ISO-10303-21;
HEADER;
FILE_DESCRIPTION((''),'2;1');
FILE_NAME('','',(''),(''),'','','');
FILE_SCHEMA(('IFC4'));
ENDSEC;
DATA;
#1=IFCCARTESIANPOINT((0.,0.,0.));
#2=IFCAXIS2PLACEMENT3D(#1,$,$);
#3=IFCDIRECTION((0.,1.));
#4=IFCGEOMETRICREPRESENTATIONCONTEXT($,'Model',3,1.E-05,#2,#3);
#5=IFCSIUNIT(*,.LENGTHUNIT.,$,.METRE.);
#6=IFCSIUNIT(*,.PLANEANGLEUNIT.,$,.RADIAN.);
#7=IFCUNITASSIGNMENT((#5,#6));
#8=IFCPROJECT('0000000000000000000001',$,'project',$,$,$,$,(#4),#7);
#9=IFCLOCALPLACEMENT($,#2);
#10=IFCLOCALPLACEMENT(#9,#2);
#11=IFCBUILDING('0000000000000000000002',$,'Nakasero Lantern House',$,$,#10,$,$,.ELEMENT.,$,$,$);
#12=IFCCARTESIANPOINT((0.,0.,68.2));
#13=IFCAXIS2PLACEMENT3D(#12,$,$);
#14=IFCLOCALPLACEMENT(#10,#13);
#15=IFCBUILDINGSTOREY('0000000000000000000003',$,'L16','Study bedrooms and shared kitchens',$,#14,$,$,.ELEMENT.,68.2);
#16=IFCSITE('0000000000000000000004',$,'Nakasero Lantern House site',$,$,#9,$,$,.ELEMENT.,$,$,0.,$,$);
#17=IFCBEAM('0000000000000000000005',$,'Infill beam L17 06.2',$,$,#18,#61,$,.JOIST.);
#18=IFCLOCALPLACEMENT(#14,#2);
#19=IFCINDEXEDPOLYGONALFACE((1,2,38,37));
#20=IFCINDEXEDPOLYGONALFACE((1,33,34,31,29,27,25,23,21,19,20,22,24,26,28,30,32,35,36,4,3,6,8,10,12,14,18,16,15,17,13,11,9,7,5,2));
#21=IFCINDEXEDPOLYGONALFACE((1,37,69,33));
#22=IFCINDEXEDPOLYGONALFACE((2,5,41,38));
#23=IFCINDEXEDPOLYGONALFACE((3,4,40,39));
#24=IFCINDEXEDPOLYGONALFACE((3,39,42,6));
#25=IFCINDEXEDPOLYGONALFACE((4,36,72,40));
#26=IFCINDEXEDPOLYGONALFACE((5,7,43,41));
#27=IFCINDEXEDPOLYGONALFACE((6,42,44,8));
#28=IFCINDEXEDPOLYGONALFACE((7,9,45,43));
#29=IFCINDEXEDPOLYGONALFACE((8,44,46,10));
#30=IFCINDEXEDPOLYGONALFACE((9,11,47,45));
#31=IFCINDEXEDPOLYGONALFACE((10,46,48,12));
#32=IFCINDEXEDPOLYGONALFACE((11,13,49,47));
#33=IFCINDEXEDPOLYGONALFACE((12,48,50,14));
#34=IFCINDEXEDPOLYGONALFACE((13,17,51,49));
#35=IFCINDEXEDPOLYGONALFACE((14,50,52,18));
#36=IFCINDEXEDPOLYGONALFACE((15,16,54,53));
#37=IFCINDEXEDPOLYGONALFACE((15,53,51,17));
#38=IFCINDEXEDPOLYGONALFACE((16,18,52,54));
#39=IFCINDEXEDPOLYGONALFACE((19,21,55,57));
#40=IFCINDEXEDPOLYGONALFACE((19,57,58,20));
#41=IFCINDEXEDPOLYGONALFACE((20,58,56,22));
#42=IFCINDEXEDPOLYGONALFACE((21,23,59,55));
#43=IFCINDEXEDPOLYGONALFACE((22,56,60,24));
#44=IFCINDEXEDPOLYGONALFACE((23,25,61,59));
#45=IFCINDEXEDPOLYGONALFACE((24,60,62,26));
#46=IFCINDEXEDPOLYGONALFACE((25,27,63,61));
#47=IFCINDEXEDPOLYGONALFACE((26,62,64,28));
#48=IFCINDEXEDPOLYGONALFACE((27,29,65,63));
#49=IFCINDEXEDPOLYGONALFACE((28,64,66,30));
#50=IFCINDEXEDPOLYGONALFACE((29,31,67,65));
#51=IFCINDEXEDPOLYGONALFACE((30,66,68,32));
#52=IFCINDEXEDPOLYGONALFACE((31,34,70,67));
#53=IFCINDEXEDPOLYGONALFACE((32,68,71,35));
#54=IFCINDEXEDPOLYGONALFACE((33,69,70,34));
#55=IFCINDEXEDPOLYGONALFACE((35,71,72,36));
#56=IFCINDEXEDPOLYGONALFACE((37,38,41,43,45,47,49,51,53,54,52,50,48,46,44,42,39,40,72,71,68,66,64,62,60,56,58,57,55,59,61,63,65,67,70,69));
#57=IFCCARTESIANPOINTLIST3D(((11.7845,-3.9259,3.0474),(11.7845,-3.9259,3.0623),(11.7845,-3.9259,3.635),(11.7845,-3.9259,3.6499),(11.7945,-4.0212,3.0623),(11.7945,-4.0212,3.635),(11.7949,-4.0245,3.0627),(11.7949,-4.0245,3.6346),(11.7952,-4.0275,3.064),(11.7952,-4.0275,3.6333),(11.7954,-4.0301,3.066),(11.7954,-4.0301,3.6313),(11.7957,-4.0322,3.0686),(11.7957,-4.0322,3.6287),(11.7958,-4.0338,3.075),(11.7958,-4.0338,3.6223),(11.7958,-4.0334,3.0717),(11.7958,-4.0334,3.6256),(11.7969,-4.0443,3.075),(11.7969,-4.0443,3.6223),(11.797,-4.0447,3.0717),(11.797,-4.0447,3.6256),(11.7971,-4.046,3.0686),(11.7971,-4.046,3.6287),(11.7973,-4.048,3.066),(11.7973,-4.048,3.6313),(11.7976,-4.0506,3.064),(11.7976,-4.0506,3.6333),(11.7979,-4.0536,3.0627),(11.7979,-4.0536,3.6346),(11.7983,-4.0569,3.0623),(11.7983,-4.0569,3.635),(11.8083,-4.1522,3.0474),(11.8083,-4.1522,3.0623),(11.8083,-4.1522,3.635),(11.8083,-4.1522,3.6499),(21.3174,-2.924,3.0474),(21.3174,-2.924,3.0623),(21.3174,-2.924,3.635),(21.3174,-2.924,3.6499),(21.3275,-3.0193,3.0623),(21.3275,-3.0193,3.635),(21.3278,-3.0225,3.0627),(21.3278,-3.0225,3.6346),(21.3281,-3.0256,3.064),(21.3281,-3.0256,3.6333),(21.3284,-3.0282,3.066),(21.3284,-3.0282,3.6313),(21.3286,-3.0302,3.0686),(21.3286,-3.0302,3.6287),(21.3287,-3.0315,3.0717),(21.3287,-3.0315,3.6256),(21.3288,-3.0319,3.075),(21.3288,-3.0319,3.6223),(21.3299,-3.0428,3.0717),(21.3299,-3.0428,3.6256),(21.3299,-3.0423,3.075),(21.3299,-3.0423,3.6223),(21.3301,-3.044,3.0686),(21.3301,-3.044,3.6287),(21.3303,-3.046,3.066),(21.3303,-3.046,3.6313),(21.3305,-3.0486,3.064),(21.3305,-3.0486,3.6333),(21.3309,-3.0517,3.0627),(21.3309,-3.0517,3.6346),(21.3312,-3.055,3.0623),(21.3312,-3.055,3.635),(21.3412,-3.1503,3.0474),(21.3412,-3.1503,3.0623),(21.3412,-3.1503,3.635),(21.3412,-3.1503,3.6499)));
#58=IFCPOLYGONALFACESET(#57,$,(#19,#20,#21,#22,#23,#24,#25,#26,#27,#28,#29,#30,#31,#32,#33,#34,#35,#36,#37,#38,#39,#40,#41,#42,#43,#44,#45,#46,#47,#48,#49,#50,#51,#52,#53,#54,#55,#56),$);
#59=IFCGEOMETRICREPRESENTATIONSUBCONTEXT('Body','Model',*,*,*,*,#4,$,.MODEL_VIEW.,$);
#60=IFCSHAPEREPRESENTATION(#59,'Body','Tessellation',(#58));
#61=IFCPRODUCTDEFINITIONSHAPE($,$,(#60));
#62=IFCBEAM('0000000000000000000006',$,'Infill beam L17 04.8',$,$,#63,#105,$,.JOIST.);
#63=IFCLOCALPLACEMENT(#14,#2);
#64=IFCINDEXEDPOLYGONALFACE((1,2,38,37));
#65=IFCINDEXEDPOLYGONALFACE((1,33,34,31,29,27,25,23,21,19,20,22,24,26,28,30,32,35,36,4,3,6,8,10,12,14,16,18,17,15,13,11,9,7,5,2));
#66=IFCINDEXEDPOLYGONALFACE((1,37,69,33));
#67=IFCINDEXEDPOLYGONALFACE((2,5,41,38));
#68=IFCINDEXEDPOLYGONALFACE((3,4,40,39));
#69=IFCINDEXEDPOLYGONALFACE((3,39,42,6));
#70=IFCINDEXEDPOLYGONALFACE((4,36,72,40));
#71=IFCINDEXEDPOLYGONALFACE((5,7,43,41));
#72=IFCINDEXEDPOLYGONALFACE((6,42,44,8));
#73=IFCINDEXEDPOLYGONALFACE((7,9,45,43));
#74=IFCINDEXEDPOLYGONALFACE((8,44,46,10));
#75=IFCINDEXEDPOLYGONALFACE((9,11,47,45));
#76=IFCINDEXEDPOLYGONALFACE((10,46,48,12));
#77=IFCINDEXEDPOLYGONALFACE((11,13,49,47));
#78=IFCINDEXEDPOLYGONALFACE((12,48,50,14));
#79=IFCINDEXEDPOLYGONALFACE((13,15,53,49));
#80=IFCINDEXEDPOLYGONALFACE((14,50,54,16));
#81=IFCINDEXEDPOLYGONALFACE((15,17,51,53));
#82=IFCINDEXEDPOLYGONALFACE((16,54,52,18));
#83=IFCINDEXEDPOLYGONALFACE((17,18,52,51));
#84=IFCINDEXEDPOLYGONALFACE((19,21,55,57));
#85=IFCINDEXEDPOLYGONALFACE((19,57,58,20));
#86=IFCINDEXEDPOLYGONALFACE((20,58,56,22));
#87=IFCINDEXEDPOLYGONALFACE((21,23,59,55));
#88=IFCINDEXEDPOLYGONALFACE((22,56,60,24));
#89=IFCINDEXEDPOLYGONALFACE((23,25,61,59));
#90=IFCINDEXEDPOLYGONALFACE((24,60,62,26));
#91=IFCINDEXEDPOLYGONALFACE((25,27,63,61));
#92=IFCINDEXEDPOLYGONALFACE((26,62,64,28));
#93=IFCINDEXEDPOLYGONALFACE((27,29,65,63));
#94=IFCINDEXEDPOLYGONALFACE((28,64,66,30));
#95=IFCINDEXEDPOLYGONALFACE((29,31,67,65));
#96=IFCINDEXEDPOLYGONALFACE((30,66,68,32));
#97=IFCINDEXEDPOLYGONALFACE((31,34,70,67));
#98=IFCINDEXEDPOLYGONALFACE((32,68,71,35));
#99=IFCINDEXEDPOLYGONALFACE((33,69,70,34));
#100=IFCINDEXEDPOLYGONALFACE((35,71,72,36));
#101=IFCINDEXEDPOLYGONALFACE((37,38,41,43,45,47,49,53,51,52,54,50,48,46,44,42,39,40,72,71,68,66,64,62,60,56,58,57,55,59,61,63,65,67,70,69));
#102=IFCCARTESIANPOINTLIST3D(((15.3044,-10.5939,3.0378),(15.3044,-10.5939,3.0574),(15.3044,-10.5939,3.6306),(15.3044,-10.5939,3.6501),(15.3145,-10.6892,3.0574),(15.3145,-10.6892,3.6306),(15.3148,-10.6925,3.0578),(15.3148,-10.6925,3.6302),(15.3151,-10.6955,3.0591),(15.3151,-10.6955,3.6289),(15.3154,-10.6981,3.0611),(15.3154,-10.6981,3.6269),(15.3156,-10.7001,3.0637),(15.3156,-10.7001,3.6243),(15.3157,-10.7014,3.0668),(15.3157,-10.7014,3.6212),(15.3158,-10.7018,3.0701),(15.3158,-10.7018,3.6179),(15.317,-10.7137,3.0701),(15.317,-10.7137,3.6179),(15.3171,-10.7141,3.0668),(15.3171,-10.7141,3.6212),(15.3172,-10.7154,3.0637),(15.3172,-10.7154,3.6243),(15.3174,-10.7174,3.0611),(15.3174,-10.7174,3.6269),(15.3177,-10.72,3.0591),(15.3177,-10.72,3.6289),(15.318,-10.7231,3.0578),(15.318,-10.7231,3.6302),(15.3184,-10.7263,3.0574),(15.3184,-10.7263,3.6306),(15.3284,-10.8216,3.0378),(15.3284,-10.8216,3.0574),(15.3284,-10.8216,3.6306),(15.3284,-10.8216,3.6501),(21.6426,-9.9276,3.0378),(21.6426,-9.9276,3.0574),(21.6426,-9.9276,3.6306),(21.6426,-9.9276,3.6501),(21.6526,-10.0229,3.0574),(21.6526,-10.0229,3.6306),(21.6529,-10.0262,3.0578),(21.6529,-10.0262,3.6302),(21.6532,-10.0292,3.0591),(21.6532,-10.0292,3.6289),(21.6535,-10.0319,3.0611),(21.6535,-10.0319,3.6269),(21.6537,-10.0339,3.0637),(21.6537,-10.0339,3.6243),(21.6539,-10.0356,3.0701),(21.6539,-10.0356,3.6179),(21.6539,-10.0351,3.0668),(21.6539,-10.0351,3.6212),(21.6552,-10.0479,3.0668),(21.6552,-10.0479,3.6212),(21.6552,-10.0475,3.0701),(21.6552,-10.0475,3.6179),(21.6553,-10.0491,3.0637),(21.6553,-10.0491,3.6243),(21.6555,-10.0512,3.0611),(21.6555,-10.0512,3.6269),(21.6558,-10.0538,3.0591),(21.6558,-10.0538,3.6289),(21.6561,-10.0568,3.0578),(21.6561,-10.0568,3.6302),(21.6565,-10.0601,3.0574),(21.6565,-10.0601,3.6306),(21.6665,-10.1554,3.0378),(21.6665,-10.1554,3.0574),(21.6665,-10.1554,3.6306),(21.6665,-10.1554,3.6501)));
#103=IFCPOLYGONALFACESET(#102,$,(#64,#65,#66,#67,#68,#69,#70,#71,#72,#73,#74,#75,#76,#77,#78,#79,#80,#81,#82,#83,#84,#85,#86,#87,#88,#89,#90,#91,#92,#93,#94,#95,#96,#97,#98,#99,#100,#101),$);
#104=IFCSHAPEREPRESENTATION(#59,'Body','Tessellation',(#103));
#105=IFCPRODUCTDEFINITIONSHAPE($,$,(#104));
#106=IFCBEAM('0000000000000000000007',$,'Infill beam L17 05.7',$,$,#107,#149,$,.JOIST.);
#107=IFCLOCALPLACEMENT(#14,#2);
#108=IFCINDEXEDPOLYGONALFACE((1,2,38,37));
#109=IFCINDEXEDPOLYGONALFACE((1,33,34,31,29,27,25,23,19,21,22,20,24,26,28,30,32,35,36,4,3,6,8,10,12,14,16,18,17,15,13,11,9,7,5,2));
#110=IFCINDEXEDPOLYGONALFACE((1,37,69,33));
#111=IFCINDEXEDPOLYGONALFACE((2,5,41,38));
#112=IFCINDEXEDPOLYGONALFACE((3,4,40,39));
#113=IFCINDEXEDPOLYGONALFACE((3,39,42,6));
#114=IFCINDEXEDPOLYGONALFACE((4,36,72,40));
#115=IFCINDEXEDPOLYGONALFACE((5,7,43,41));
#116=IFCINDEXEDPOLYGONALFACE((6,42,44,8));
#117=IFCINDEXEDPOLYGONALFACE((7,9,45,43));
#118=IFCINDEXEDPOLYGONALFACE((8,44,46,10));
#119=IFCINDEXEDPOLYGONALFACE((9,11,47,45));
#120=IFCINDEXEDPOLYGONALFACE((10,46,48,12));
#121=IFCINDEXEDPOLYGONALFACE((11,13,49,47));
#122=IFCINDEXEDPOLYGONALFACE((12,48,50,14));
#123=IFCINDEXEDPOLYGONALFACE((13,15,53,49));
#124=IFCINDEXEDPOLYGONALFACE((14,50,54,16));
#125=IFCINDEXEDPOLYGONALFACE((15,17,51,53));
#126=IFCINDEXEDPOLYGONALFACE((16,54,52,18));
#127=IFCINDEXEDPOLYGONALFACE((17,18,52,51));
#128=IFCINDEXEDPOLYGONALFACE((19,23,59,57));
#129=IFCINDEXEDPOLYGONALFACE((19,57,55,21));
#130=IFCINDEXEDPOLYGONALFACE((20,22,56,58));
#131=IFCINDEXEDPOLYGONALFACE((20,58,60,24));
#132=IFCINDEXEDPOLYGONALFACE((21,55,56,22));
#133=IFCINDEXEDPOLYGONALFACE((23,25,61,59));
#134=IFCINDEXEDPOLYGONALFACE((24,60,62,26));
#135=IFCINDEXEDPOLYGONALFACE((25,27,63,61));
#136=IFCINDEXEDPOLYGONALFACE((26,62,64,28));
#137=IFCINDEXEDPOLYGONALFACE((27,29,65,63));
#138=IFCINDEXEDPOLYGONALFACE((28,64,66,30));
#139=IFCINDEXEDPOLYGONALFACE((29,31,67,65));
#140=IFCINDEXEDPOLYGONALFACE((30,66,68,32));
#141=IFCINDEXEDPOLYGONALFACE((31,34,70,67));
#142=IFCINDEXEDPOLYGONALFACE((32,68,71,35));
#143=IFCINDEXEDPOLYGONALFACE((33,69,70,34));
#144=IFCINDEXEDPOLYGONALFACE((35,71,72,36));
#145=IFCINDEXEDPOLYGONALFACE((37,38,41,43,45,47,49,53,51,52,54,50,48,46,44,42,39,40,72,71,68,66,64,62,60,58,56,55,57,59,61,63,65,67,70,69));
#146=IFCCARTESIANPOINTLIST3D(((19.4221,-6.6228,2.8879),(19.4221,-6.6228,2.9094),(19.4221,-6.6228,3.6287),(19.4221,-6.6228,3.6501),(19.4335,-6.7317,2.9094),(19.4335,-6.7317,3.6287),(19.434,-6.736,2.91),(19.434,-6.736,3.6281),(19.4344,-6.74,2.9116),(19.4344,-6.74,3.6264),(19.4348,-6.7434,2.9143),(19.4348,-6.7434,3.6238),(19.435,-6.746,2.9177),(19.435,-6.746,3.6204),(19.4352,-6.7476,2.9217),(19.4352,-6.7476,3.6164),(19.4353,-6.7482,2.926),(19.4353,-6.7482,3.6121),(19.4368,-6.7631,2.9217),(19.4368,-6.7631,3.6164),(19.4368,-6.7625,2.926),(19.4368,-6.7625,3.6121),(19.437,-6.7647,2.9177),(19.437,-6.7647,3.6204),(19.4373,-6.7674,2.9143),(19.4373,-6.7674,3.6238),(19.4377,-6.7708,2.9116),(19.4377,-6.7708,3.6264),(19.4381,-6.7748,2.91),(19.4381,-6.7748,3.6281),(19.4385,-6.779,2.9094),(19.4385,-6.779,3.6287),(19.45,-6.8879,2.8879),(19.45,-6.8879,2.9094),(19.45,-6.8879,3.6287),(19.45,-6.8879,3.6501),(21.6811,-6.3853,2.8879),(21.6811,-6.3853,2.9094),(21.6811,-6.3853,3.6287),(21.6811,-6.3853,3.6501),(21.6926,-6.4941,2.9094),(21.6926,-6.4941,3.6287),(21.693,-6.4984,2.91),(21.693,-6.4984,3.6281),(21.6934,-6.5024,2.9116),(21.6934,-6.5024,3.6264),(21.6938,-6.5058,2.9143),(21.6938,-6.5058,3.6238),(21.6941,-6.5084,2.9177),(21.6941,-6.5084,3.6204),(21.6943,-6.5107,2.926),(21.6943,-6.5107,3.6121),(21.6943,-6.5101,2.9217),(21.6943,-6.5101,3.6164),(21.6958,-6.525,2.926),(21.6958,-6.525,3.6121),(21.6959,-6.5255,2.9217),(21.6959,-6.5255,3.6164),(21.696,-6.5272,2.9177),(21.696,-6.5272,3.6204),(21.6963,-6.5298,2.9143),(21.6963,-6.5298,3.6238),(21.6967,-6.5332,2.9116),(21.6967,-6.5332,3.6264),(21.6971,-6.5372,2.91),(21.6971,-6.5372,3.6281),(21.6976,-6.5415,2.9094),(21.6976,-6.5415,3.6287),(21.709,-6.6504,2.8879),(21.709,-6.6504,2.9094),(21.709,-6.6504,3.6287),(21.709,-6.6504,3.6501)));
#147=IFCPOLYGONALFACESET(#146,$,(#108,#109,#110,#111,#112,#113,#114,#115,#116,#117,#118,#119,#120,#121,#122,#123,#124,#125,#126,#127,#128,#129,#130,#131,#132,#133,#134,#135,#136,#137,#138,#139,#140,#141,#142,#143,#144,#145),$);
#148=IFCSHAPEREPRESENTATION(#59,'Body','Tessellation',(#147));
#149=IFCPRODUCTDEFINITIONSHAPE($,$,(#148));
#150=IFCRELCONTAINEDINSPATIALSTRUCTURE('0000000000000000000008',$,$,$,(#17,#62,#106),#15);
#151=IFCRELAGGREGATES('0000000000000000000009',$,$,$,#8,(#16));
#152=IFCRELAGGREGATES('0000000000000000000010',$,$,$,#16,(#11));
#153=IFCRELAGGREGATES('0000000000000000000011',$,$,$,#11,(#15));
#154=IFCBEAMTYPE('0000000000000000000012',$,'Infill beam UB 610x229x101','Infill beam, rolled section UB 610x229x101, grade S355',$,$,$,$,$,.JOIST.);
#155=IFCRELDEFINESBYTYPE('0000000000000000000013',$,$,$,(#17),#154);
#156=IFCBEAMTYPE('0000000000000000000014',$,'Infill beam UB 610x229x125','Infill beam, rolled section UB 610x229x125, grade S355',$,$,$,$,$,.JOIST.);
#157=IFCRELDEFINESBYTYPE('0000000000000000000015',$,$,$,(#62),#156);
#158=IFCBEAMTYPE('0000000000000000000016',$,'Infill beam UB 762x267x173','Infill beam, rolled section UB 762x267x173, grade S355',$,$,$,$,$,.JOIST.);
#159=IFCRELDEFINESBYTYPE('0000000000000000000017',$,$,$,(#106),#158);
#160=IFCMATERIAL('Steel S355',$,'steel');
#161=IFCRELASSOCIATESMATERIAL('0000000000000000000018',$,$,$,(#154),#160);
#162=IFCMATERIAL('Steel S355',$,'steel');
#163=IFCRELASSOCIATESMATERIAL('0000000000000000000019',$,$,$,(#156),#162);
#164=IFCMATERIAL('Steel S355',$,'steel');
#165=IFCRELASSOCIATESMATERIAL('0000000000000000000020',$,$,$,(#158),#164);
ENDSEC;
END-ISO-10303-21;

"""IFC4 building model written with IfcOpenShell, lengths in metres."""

from ifc_helpers import new_model, si_unit, direction, frame, origin, origin_2d, place, context, subcontext, project, spatial, i_section, extrude, material, material_profile, profile_set, type_object, element, save


model = new_model("IFC4")

# Units and contexts
model_context = context("Model", 3, precision=1e-05, world=origin(), true_north=direction((0.0, 1.0)))
body_context = subcontext(model_context, "Body", "Model", "MODEL_VIEW")
ifc_project = project(units=[si_unit("LENGTHUNIT", "METRE"), si_unit("PLANEANGLEUNIT", "RADIAN")], contexts=[model_context])

# Site, building, storey
site_placement = place(None, origin())
site = spatial("IfcSite", under=ifc_project, at=site_placement, Name="Nakasero Lantern House site", CompositionType="ELEMENT", RefElevation=0.0)
building_placement = place(site_placement, origin())
building = spatial("IfcBuilding", under=site, at=building_placement, Name="Nakasero Lantern House", CompositionType="ELEMENT")
storey_placement = place(building_placement, frame((0.0, 0.0, 68.2)))
storey = spatial("IfcBuildingStorey", under=building, at=storey_placement, Name="L16", Description="Study bedrooms and shared kitchens", CompositionType="ELEMENT", Elevation=68.2)

# Beams
ifc_material_1 = material(Name="Steel S355", Category="steel")
ifc_material_profile_1 = material_profile(ifc_material_1, i_section(OverallWidth=0.2275, OverallDepth=0.6025, WebThickness=0.0105, FlangeThickness=0.0149, FilletRadius=0.0127, at=origin_2d()), Name="UB 610x229x101")
ifc_profile_set_1 = profile_set([ifc_material_profile_1], Name="Steel S355")
beam_type_1 = type_object("IfcBeamType", Name="Infill beam UB 610x229x101", Description="Infill beam, rolled section UB 610x229x101, grade S355", PredefinedType="JOIST", material=ifc_profile_set_1)
beam_1_placement = place(storey_placement, frame((11.7964, -4.0391, 3.3486), z_axis=(0.994522, 0.104528, 0.0), x_axis=(-0.104528, 0.994522, 0.0)))
element("IfcBeam", 1, at=beam_1_placement, inside=storey, type_object=beam_type_1, Name="Infill beam L17 06.2", PredefinedType="JOIST", context=body_context, shape_type="SweptSolid", body=[
    extrude(i_section(OverallWidth=0.2275, OverallDepth=0.6025, WebThickness=0.0105, FlangeThickness=0.0149, FilletRadius=0.0127, at=origin_2d()), origin(), (0.0, 0.0, 1.0), 9.5854),
])
ifc_material_2 = material(Name="Steel S355", Category="steel")
ifc_material_profile_2 = material_profile(ifc_material_2, i_section(OverallWidth=0.229, OverallDepth=0.6123, WebThickness=0.012, FlangeThickness=0.0195, FilletRadius=0.0127, at=origin_2d()), Name="UB 610x229x125")
ifc_profile_set_2 = profile_set([ifc_material_profile_2], Name="Steel S355")
beam_type_2 = type_object("IfcBeamType", Name="Infill beam UB 610x229x125", Description="Infill beam, rolled section UB 610x229x125, grade S355", PredefinedType="JOIST", material=ifc_profile_set_2)
beam_2_placement = place(storey_placement, frame((15.3164, -10.7078, 3.344), z_axis=(0.99452, 0.104543, 0.0), x_axis=(-0.104543, 0.99452, 0.0)))
element("IfcBeam", 2, at=beam_2_placement, inside=storey, type_object=beam_type_2, Name="Infill beam L17 04.8", PredefinedType="JOIST", context=body_context, shape_type="SweptSolid", body=[
    extrude(i_section(OverallWidth=0.229, OverallDepth=0.6123, WebThickness=0.012, FlangeThickness=0.0195, FilletRadius=0.0127, at=origin_2d()), origin(), (0.0, 0.0, 1.0), 6.373),
])
ifc_material_3 = material(Name="Steel S355", Category="steel")
ifc_material_profile_3 = material_profile(ifc_material_3, i_section(OverallWidth=0.2666, OverallDepth=0.7622, WebThickness=0.0144, FlangeThickness=0.0215, FilletRadius=0.0166, at=origin_2d()), Name="UB 762x267x173")
ifc_profile_set_3 = profile_set([ifc_material_profile_3], Name="Steel S355")
beam_type_3 = type_object("IfcBeamType", Name="Infill beam UB 762x267x173", Description="Infill beam, rolled section UB 762x267x173, grade S355", PredefinedType="JOIST", material=ifc_profile_set_3)
beam_3_placement = place(storey_placement, frame((19.436, -6.7554, 3.269), z_axis=(0.994517, 0.104578, 0.0), x_axis=(-0.104578, 0.994517, 0.0)))
element("IfcBeam", 3, at=beam_3_placement, inside=storey, type_object=beam_type_3, Name="Infill beam L17 05.7", PredefinedType="JOIST", context=body_context, shape_type="SweptSolid", body=[
    extrude(i_section(OverallWidth=0.2666, OverallDepth=0.7622, WebThickness=0.0144, FlangeThickness=0.0215, FilletRadius=0.0166, at=origin_2d()), origin(), (0.0, 0.0, 1.0), 2.2715),
])

save(model, "model.ifc")
